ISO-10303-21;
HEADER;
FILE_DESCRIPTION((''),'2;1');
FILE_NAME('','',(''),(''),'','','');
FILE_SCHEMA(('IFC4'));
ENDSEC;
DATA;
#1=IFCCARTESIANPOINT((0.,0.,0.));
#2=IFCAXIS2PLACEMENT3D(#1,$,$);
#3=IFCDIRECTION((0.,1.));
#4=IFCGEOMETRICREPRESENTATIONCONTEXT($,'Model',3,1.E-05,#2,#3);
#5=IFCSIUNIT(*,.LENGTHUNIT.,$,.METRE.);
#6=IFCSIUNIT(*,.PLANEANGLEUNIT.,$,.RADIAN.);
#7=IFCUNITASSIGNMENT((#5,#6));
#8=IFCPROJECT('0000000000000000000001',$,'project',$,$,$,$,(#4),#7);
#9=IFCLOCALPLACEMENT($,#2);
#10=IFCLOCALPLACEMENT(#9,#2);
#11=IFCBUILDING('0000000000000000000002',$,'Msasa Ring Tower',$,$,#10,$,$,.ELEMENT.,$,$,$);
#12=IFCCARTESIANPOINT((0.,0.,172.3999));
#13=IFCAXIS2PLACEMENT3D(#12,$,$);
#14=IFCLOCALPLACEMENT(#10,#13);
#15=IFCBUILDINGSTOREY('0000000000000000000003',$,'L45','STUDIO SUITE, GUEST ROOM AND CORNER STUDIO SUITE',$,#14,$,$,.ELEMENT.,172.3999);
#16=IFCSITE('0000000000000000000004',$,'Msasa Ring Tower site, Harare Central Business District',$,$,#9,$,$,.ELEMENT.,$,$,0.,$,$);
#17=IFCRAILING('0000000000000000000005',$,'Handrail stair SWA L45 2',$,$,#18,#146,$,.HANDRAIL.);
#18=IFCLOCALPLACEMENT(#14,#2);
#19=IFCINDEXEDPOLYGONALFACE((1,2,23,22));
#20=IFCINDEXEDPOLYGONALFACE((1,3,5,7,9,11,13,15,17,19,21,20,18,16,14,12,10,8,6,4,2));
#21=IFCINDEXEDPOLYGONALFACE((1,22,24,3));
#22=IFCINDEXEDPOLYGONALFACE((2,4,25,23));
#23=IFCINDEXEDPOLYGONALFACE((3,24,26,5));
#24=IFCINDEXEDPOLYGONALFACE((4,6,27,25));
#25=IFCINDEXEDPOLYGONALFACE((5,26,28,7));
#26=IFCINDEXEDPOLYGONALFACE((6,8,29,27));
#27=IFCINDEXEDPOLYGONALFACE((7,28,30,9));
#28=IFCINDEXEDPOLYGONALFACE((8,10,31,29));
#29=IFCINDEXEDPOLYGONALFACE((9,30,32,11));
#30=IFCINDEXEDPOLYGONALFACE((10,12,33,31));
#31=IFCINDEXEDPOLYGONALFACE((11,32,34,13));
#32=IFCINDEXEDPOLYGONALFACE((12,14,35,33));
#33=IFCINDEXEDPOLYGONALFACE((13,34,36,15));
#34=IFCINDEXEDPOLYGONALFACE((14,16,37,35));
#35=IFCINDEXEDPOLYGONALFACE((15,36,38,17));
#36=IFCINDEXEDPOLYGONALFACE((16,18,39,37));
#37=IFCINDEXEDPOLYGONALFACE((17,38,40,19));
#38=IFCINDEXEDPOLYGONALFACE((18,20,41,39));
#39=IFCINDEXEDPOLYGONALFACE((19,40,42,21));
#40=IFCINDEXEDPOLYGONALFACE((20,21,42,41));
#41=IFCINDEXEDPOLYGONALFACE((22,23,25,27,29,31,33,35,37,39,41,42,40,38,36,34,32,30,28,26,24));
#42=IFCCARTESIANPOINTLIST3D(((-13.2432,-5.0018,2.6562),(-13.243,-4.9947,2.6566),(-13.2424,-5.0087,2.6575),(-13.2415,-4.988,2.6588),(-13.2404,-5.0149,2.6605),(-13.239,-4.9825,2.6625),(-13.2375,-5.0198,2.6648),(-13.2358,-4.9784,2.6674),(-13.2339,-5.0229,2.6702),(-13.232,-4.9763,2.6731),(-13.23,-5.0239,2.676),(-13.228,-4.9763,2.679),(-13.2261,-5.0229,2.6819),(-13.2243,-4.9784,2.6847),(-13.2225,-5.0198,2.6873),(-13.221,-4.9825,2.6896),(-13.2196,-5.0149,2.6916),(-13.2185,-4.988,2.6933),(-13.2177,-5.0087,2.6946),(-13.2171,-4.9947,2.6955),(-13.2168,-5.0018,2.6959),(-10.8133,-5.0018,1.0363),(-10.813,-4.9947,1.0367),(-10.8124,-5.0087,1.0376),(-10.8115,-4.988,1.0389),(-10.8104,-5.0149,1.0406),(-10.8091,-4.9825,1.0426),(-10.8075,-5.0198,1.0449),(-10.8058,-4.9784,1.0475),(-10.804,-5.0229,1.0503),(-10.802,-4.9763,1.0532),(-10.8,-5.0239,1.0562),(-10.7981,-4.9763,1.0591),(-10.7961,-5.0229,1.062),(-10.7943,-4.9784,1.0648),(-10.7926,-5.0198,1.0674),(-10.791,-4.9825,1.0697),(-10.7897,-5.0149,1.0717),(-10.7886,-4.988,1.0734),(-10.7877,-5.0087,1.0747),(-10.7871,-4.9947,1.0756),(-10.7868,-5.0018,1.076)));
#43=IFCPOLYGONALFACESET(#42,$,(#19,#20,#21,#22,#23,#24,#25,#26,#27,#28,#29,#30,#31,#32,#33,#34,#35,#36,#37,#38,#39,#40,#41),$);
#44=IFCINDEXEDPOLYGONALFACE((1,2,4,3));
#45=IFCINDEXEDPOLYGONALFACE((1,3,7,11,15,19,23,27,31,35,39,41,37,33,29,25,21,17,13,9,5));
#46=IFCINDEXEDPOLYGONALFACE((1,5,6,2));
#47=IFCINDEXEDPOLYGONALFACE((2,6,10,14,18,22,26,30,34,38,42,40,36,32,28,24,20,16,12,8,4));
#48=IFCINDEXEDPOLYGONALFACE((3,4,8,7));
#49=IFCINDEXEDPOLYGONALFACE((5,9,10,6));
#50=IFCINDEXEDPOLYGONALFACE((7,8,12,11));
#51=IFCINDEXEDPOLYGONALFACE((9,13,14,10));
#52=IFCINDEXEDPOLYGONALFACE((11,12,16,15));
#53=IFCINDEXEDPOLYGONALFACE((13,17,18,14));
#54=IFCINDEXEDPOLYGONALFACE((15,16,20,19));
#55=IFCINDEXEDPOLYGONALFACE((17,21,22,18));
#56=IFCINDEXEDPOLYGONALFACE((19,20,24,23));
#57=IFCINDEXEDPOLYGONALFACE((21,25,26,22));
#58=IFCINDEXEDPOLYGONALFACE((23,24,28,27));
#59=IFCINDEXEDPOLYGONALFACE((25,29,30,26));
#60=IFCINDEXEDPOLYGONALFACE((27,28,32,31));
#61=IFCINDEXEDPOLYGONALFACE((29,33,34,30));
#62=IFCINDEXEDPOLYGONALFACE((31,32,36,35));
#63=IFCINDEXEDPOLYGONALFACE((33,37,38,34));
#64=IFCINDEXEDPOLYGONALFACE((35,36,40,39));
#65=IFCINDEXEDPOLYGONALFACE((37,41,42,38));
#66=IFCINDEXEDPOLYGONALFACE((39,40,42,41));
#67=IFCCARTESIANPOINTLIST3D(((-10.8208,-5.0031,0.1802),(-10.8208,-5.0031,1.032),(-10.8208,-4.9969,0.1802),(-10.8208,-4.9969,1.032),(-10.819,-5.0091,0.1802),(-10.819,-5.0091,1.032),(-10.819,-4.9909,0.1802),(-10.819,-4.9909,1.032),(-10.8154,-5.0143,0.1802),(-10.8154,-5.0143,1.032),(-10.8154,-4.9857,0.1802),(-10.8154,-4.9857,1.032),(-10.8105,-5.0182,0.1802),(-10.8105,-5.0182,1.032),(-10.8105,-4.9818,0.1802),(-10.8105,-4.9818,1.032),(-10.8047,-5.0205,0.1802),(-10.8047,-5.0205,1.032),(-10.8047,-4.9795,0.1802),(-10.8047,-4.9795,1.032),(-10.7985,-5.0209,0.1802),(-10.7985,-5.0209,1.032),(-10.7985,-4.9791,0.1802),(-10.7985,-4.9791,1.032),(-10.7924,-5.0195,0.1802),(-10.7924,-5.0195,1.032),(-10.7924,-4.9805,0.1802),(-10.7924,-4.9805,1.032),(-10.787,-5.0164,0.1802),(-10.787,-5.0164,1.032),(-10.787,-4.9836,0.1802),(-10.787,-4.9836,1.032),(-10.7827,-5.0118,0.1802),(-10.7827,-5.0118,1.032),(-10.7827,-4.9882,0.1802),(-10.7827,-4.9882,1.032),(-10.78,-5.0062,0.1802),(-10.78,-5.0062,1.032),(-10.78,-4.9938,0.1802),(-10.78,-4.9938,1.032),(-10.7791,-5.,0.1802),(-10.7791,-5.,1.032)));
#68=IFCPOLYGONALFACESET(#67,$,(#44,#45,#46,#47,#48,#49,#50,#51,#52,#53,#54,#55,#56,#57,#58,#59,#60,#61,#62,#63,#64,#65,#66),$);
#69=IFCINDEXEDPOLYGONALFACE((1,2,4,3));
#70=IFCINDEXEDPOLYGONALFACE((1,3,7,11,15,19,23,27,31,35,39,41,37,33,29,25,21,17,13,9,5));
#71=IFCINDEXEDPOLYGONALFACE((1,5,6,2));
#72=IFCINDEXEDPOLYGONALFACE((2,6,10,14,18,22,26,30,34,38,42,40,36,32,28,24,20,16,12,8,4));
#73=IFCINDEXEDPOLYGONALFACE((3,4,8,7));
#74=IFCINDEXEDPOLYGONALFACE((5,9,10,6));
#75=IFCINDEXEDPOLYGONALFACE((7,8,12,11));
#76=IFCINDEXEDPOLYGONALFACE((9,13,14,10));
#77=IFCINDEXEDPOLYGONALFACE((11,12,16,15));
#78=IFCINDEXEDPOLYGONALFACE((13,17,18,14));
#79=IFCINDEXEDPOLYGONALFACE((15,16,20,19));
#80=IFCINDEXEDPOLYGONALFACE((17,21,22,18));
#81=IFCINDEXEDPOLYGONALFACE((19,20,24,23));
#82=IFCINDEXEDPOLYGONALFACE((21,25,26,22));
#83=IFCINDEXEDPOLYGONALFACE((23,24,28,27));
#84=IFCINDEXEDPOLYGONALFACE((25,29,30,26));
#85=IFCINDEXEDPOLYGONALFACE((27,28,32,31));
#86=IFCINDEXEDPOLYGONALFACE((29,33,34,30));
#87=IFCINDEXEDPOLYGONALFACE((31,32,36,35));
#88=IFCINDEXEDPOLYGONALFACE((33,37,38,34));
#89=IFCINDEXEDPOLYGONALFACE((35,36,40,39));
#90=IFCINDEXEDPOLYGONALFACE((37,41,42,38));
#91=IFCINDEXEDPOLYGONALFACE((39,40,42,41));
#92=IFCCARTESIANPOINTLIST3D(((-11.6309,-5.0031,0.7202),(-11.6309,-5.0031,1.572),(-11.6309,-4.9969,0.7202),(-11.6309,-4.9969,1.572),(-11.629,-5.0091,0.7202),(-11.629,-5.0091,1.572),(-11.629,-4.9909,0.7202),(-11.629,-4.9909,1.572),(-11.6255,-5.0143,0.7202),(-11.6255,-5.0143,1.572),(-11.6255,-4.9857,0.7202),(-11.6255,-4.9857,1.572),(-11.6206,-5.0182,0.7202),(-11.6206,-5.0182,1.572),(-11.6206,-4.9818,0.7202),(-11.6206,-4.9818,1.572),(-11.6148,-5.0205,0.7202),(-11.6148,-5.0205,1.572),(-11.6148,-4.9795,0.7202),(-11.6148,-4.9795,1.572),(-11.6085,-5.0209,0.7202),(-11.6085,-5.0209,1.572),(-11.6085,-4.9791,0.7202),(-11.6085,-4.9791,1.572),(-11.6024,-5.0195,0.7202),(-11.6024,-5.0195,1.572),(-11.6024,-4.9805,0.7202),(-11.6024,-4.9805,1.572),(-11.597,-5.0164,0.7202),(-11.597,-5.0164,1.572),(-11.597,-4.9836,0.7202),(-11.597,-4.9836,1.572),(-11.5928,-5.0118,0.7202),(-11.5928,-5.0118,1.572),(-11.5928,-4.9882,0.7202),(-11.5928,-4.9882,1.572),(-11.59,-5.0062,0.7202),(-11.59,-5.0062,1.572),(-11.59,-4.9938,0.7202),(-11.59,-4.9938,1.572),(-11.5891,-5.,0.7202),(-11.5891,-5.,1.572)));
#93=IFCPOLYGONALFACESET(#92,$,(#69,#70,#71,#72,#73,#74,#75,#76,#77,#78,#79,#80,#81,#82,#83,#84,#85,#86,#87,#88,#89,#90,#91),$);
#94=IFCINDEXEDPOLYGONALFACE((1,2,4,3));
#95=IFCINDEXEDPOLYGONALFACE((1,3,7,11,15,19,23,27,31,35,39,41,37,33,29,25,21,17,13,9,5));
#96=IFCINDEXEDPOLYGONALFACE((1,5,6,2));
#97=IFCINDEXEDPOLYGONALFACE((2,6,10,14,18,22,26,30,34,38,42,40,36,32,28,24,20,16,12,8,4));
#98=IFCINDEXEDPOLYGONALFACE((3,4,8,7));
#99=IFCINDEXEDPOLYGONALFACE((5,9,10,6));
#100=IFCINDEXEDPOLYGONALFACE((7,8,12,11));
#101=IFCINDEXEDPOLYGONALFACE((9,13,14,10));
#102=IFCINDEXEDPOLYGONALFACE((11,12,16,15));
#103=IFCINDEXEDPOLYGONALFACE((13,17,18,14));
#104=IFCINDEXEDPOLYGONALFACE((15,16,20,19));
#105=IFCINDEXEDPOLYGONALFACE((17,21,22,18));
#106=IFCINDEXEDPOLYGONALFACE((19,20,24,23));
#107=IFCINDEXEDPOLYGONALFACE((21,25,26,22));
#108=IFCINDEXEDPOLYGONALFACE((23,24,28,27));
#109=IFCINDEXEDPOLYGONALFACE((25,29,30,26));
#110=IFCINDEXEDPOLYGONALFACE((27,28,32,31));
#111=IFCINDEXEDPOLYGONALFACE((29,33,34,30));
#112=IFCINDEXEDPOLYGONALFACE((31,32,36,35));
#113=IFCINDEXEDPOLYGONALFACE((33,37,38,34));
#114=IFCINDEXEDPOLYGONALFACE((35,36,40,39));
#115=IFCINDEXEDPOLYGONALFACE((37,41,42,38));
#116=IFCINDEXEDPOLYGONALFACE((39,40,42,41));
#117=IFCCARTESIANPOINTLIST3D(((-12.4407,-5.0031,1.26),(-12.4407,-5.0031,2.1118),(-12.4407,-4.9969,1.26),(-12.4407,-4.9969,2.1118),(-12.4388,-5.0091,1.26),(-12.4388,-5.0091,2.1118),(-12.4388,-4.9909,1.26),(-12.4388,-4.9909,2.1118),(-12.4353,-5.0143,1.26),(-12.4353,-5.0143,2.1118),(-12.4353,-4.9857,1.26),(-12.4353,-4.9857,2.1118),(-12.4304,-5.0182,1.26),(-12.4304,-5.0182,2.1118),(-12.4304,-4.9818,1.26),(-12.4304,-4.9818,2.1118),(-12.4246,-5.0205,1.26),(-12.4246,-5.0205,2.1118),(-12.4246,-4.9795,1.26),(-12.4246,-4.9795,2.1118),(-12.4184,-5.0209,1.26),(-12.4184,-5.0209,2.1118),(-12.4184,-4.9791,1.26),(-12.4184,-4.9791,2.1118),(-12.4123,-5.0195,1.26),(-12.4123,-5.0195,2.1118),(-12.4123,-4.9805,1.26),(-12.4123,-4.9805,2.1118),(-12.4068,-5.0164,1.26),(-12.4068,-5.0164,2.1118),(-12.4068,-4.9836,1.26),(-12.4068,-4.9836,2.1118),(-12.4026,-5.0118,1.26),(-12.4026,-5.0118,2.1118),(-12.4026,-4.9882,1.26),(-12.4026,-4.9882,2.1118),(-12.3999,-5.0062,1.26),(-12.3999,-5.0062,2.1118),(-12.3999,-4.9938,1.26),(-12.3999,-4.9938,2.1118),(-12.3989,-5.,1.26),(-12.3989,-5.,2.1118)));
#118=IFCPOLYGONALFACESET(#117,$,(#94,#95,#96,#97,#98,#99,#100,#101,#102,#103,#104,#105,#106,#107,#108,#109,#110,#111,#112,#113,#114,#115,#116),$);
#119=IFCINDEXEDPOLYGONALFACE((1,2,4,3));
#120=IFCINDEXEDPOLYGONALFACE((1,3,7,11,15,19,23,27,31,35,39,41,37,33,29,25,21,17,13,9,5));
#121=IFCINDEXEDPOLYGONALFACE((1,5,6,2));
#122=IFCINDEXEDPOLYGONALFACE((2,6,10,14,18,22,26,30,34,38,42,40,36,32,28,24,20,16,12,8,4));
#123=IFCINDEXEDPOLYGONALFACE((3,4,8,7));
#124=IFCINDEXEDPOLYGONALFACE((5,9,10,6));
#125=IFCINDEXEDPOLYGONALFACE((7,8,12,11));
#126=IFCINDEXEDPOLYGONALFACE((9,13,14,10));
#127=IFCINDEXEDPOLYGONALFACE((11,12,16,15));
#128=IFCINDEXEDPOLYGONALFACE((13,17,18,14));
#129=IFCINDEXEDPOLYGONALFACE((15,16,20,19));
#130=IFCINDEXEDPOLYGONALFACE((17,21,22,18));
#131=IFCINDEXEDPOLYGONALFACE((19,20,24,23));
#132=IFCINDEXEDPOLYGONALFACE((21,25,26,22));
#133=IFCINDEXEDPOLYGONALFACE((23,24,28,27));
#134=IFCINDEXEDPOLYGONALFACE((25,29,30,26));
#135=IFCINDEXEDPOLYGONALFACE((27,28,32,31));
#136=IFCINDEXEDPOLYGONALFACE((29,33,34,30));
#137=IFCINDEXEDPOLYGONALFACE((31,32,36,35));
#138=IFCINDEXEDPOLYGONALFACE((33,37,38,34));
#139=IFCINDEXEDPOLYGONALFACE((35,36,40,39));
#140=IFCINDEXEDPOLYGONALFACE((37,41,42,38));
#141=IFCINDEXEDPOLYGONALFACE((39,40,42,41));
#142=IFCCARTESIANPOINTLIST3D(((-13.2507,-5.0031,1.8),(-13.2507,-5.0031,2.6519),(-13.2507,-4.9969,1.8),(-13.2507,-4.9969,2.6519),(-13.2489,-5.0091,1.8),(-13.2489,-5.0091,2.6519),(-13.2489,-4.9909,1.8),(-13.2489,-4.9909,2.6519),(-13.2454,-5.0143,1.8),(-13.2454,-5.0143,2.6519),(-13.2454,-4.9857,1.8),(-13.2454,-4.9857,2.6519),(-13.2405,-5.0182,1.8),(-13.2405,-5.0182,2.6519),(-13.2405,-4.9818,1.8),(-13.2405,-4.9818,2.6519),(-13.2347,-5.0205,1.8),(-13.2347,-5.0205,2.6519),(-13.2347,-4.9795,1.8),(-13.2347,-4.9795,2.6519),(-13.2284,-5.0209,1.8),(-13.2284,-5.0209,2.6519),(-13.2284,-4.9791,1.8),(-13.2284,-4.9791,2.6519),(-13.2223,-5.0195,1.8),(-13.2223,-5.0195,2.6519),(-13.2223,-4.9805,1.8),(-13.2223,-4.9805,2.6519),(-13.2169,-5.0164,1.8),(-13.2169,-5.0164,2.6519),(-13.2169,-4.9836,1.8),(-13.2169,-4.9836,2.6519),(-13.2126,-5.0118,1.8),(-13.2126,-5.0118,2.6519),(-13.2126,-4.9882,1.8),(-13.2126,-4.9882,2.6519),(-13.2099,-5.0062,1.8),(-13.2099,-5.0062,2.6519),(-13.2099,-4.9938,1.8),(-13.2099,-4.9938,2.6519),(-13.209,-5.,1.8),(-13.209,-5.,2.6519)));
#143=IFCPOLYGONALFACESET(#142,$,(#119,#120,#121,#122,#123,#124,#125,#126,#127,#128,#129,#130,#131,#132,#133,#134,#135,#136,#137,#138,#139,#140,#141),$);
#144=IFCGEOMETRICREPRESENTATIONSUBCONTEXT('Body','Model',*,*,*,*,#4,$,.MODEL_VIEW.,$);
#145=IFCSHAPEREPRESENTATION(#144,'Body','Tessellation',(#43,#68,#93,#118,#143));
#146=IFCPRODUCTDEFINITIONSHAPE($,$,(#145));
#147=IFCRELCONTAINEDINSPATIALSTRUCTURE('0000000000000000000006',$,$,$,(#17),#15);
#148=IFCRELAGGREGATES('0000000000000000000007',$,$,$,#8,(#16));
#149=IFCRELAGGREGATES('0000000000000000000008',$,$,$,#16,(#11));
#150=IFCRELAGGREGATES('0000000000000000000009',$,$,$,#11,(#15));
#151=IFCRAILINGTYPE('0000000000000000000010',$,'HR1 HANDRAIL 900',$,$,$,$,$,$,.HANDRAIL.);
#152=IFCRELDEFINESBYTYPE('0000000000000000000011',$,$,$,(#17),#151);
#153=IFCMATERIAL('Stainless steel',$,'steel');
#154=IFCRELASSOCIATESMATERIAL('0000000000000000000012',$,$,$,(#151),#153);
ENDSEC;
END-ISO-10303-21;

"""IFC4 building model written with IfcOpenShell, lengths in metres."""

from ifc_helpers import new_model, si_unit, direction, frame, origin, origin_2d, place, context, subcontext, project, spatial, circle, extrude, material, type_object, element, save


model = new_model("IFC4")

# Units and contexts
model_context = context("Model", 3, precision=1e-05, world=origin(), true_north=direction((0.0, 1.0)))
body_context = subcontext(model_context, "Body", "Model", "MODEL_VIEW")
ifc_project = project(units=[si_unit("LENGTHUNIT", "METRE"), si_unit("PLANEANGLEUNIT", "RADIAN")], contexts=[model_context])

# Site, building, storey
site_placement = place(None, origin())
site = spatial("IfcSite", under=ifc_project, at=site_placement, Name="Msasa Ring Tower site, Harare Central Business District", CompositionType="ELEMENT", RefElevation=0.0)
building_placement = place(site_placement, origin())
building = spatial("IfcBuilding", under=site, at=building_placement, Name="Msasa Ring Tower", CompositionType="ELEMENT")
storey_placement = place(building_placement, frame((0.0, 0.0, 172.3999)))
storey = spatial("IfcBuildingStorey", under=building, at=storey_placement, Name="L45", Description="STUDIO SUITE, GUEST ROOM AND CORNER STUDIO SUITE", CompositionType="ELEMENT", Elevation=172.3999)

# Railing
ifc_material_1 = material(Name="Stainless steel", Category="steel")
railing_type = type_object("IfcRailingType", Name="HR1 HANDRAIL 900", PredefinedType="HANDRAIL", material=ifc_material_1)
for number, where, name in (
    (1, (-10.8, -5.0, 0.1802), "Handrail stair SWA L45 2"),
):
    element("IfcRailing", number, at=place(storey_placement, frame(where)), inside=storey, type_object=railing_type, Name=name, PredefinedType="HANDRAIL", context=body_context, shape_type="SweptSolid", body=[
        extrude(circle(Radius=0.0239, at=origin_2d()), frame((0.0, 0.0, 0.876), z_axis=(-0.832063, 0.0, 0.554681), x_axis=(0.0, -1.0, 0.0)), (0.0, 0.0, 1.0), 2.9204),
        extrude(circle(Radius=0.021, at=origin_2d()), origin(), (0.0, 0.0, 1.0), 0.8518),
        extrude(circle(Radius=0.021, at=origin_2d()), frame((-0.8101, 0.0, 0.54)), (0.0, 0.0, 1.0), 0.8518),
        extrude(circle(Radius=0.021, at=origin_2d()), frame((-1.6199, 0.0, 1.0798)), (0.0, 0.0, 1.0), 0.8518),
        extrude(circle(Radius=0.021, at=origin_2d()), frame((-2.4299, 0.0, 1.6199)), (0.0, 0.0, 1.0), 0.8518),
    ])

save(model, "model.ifc")
